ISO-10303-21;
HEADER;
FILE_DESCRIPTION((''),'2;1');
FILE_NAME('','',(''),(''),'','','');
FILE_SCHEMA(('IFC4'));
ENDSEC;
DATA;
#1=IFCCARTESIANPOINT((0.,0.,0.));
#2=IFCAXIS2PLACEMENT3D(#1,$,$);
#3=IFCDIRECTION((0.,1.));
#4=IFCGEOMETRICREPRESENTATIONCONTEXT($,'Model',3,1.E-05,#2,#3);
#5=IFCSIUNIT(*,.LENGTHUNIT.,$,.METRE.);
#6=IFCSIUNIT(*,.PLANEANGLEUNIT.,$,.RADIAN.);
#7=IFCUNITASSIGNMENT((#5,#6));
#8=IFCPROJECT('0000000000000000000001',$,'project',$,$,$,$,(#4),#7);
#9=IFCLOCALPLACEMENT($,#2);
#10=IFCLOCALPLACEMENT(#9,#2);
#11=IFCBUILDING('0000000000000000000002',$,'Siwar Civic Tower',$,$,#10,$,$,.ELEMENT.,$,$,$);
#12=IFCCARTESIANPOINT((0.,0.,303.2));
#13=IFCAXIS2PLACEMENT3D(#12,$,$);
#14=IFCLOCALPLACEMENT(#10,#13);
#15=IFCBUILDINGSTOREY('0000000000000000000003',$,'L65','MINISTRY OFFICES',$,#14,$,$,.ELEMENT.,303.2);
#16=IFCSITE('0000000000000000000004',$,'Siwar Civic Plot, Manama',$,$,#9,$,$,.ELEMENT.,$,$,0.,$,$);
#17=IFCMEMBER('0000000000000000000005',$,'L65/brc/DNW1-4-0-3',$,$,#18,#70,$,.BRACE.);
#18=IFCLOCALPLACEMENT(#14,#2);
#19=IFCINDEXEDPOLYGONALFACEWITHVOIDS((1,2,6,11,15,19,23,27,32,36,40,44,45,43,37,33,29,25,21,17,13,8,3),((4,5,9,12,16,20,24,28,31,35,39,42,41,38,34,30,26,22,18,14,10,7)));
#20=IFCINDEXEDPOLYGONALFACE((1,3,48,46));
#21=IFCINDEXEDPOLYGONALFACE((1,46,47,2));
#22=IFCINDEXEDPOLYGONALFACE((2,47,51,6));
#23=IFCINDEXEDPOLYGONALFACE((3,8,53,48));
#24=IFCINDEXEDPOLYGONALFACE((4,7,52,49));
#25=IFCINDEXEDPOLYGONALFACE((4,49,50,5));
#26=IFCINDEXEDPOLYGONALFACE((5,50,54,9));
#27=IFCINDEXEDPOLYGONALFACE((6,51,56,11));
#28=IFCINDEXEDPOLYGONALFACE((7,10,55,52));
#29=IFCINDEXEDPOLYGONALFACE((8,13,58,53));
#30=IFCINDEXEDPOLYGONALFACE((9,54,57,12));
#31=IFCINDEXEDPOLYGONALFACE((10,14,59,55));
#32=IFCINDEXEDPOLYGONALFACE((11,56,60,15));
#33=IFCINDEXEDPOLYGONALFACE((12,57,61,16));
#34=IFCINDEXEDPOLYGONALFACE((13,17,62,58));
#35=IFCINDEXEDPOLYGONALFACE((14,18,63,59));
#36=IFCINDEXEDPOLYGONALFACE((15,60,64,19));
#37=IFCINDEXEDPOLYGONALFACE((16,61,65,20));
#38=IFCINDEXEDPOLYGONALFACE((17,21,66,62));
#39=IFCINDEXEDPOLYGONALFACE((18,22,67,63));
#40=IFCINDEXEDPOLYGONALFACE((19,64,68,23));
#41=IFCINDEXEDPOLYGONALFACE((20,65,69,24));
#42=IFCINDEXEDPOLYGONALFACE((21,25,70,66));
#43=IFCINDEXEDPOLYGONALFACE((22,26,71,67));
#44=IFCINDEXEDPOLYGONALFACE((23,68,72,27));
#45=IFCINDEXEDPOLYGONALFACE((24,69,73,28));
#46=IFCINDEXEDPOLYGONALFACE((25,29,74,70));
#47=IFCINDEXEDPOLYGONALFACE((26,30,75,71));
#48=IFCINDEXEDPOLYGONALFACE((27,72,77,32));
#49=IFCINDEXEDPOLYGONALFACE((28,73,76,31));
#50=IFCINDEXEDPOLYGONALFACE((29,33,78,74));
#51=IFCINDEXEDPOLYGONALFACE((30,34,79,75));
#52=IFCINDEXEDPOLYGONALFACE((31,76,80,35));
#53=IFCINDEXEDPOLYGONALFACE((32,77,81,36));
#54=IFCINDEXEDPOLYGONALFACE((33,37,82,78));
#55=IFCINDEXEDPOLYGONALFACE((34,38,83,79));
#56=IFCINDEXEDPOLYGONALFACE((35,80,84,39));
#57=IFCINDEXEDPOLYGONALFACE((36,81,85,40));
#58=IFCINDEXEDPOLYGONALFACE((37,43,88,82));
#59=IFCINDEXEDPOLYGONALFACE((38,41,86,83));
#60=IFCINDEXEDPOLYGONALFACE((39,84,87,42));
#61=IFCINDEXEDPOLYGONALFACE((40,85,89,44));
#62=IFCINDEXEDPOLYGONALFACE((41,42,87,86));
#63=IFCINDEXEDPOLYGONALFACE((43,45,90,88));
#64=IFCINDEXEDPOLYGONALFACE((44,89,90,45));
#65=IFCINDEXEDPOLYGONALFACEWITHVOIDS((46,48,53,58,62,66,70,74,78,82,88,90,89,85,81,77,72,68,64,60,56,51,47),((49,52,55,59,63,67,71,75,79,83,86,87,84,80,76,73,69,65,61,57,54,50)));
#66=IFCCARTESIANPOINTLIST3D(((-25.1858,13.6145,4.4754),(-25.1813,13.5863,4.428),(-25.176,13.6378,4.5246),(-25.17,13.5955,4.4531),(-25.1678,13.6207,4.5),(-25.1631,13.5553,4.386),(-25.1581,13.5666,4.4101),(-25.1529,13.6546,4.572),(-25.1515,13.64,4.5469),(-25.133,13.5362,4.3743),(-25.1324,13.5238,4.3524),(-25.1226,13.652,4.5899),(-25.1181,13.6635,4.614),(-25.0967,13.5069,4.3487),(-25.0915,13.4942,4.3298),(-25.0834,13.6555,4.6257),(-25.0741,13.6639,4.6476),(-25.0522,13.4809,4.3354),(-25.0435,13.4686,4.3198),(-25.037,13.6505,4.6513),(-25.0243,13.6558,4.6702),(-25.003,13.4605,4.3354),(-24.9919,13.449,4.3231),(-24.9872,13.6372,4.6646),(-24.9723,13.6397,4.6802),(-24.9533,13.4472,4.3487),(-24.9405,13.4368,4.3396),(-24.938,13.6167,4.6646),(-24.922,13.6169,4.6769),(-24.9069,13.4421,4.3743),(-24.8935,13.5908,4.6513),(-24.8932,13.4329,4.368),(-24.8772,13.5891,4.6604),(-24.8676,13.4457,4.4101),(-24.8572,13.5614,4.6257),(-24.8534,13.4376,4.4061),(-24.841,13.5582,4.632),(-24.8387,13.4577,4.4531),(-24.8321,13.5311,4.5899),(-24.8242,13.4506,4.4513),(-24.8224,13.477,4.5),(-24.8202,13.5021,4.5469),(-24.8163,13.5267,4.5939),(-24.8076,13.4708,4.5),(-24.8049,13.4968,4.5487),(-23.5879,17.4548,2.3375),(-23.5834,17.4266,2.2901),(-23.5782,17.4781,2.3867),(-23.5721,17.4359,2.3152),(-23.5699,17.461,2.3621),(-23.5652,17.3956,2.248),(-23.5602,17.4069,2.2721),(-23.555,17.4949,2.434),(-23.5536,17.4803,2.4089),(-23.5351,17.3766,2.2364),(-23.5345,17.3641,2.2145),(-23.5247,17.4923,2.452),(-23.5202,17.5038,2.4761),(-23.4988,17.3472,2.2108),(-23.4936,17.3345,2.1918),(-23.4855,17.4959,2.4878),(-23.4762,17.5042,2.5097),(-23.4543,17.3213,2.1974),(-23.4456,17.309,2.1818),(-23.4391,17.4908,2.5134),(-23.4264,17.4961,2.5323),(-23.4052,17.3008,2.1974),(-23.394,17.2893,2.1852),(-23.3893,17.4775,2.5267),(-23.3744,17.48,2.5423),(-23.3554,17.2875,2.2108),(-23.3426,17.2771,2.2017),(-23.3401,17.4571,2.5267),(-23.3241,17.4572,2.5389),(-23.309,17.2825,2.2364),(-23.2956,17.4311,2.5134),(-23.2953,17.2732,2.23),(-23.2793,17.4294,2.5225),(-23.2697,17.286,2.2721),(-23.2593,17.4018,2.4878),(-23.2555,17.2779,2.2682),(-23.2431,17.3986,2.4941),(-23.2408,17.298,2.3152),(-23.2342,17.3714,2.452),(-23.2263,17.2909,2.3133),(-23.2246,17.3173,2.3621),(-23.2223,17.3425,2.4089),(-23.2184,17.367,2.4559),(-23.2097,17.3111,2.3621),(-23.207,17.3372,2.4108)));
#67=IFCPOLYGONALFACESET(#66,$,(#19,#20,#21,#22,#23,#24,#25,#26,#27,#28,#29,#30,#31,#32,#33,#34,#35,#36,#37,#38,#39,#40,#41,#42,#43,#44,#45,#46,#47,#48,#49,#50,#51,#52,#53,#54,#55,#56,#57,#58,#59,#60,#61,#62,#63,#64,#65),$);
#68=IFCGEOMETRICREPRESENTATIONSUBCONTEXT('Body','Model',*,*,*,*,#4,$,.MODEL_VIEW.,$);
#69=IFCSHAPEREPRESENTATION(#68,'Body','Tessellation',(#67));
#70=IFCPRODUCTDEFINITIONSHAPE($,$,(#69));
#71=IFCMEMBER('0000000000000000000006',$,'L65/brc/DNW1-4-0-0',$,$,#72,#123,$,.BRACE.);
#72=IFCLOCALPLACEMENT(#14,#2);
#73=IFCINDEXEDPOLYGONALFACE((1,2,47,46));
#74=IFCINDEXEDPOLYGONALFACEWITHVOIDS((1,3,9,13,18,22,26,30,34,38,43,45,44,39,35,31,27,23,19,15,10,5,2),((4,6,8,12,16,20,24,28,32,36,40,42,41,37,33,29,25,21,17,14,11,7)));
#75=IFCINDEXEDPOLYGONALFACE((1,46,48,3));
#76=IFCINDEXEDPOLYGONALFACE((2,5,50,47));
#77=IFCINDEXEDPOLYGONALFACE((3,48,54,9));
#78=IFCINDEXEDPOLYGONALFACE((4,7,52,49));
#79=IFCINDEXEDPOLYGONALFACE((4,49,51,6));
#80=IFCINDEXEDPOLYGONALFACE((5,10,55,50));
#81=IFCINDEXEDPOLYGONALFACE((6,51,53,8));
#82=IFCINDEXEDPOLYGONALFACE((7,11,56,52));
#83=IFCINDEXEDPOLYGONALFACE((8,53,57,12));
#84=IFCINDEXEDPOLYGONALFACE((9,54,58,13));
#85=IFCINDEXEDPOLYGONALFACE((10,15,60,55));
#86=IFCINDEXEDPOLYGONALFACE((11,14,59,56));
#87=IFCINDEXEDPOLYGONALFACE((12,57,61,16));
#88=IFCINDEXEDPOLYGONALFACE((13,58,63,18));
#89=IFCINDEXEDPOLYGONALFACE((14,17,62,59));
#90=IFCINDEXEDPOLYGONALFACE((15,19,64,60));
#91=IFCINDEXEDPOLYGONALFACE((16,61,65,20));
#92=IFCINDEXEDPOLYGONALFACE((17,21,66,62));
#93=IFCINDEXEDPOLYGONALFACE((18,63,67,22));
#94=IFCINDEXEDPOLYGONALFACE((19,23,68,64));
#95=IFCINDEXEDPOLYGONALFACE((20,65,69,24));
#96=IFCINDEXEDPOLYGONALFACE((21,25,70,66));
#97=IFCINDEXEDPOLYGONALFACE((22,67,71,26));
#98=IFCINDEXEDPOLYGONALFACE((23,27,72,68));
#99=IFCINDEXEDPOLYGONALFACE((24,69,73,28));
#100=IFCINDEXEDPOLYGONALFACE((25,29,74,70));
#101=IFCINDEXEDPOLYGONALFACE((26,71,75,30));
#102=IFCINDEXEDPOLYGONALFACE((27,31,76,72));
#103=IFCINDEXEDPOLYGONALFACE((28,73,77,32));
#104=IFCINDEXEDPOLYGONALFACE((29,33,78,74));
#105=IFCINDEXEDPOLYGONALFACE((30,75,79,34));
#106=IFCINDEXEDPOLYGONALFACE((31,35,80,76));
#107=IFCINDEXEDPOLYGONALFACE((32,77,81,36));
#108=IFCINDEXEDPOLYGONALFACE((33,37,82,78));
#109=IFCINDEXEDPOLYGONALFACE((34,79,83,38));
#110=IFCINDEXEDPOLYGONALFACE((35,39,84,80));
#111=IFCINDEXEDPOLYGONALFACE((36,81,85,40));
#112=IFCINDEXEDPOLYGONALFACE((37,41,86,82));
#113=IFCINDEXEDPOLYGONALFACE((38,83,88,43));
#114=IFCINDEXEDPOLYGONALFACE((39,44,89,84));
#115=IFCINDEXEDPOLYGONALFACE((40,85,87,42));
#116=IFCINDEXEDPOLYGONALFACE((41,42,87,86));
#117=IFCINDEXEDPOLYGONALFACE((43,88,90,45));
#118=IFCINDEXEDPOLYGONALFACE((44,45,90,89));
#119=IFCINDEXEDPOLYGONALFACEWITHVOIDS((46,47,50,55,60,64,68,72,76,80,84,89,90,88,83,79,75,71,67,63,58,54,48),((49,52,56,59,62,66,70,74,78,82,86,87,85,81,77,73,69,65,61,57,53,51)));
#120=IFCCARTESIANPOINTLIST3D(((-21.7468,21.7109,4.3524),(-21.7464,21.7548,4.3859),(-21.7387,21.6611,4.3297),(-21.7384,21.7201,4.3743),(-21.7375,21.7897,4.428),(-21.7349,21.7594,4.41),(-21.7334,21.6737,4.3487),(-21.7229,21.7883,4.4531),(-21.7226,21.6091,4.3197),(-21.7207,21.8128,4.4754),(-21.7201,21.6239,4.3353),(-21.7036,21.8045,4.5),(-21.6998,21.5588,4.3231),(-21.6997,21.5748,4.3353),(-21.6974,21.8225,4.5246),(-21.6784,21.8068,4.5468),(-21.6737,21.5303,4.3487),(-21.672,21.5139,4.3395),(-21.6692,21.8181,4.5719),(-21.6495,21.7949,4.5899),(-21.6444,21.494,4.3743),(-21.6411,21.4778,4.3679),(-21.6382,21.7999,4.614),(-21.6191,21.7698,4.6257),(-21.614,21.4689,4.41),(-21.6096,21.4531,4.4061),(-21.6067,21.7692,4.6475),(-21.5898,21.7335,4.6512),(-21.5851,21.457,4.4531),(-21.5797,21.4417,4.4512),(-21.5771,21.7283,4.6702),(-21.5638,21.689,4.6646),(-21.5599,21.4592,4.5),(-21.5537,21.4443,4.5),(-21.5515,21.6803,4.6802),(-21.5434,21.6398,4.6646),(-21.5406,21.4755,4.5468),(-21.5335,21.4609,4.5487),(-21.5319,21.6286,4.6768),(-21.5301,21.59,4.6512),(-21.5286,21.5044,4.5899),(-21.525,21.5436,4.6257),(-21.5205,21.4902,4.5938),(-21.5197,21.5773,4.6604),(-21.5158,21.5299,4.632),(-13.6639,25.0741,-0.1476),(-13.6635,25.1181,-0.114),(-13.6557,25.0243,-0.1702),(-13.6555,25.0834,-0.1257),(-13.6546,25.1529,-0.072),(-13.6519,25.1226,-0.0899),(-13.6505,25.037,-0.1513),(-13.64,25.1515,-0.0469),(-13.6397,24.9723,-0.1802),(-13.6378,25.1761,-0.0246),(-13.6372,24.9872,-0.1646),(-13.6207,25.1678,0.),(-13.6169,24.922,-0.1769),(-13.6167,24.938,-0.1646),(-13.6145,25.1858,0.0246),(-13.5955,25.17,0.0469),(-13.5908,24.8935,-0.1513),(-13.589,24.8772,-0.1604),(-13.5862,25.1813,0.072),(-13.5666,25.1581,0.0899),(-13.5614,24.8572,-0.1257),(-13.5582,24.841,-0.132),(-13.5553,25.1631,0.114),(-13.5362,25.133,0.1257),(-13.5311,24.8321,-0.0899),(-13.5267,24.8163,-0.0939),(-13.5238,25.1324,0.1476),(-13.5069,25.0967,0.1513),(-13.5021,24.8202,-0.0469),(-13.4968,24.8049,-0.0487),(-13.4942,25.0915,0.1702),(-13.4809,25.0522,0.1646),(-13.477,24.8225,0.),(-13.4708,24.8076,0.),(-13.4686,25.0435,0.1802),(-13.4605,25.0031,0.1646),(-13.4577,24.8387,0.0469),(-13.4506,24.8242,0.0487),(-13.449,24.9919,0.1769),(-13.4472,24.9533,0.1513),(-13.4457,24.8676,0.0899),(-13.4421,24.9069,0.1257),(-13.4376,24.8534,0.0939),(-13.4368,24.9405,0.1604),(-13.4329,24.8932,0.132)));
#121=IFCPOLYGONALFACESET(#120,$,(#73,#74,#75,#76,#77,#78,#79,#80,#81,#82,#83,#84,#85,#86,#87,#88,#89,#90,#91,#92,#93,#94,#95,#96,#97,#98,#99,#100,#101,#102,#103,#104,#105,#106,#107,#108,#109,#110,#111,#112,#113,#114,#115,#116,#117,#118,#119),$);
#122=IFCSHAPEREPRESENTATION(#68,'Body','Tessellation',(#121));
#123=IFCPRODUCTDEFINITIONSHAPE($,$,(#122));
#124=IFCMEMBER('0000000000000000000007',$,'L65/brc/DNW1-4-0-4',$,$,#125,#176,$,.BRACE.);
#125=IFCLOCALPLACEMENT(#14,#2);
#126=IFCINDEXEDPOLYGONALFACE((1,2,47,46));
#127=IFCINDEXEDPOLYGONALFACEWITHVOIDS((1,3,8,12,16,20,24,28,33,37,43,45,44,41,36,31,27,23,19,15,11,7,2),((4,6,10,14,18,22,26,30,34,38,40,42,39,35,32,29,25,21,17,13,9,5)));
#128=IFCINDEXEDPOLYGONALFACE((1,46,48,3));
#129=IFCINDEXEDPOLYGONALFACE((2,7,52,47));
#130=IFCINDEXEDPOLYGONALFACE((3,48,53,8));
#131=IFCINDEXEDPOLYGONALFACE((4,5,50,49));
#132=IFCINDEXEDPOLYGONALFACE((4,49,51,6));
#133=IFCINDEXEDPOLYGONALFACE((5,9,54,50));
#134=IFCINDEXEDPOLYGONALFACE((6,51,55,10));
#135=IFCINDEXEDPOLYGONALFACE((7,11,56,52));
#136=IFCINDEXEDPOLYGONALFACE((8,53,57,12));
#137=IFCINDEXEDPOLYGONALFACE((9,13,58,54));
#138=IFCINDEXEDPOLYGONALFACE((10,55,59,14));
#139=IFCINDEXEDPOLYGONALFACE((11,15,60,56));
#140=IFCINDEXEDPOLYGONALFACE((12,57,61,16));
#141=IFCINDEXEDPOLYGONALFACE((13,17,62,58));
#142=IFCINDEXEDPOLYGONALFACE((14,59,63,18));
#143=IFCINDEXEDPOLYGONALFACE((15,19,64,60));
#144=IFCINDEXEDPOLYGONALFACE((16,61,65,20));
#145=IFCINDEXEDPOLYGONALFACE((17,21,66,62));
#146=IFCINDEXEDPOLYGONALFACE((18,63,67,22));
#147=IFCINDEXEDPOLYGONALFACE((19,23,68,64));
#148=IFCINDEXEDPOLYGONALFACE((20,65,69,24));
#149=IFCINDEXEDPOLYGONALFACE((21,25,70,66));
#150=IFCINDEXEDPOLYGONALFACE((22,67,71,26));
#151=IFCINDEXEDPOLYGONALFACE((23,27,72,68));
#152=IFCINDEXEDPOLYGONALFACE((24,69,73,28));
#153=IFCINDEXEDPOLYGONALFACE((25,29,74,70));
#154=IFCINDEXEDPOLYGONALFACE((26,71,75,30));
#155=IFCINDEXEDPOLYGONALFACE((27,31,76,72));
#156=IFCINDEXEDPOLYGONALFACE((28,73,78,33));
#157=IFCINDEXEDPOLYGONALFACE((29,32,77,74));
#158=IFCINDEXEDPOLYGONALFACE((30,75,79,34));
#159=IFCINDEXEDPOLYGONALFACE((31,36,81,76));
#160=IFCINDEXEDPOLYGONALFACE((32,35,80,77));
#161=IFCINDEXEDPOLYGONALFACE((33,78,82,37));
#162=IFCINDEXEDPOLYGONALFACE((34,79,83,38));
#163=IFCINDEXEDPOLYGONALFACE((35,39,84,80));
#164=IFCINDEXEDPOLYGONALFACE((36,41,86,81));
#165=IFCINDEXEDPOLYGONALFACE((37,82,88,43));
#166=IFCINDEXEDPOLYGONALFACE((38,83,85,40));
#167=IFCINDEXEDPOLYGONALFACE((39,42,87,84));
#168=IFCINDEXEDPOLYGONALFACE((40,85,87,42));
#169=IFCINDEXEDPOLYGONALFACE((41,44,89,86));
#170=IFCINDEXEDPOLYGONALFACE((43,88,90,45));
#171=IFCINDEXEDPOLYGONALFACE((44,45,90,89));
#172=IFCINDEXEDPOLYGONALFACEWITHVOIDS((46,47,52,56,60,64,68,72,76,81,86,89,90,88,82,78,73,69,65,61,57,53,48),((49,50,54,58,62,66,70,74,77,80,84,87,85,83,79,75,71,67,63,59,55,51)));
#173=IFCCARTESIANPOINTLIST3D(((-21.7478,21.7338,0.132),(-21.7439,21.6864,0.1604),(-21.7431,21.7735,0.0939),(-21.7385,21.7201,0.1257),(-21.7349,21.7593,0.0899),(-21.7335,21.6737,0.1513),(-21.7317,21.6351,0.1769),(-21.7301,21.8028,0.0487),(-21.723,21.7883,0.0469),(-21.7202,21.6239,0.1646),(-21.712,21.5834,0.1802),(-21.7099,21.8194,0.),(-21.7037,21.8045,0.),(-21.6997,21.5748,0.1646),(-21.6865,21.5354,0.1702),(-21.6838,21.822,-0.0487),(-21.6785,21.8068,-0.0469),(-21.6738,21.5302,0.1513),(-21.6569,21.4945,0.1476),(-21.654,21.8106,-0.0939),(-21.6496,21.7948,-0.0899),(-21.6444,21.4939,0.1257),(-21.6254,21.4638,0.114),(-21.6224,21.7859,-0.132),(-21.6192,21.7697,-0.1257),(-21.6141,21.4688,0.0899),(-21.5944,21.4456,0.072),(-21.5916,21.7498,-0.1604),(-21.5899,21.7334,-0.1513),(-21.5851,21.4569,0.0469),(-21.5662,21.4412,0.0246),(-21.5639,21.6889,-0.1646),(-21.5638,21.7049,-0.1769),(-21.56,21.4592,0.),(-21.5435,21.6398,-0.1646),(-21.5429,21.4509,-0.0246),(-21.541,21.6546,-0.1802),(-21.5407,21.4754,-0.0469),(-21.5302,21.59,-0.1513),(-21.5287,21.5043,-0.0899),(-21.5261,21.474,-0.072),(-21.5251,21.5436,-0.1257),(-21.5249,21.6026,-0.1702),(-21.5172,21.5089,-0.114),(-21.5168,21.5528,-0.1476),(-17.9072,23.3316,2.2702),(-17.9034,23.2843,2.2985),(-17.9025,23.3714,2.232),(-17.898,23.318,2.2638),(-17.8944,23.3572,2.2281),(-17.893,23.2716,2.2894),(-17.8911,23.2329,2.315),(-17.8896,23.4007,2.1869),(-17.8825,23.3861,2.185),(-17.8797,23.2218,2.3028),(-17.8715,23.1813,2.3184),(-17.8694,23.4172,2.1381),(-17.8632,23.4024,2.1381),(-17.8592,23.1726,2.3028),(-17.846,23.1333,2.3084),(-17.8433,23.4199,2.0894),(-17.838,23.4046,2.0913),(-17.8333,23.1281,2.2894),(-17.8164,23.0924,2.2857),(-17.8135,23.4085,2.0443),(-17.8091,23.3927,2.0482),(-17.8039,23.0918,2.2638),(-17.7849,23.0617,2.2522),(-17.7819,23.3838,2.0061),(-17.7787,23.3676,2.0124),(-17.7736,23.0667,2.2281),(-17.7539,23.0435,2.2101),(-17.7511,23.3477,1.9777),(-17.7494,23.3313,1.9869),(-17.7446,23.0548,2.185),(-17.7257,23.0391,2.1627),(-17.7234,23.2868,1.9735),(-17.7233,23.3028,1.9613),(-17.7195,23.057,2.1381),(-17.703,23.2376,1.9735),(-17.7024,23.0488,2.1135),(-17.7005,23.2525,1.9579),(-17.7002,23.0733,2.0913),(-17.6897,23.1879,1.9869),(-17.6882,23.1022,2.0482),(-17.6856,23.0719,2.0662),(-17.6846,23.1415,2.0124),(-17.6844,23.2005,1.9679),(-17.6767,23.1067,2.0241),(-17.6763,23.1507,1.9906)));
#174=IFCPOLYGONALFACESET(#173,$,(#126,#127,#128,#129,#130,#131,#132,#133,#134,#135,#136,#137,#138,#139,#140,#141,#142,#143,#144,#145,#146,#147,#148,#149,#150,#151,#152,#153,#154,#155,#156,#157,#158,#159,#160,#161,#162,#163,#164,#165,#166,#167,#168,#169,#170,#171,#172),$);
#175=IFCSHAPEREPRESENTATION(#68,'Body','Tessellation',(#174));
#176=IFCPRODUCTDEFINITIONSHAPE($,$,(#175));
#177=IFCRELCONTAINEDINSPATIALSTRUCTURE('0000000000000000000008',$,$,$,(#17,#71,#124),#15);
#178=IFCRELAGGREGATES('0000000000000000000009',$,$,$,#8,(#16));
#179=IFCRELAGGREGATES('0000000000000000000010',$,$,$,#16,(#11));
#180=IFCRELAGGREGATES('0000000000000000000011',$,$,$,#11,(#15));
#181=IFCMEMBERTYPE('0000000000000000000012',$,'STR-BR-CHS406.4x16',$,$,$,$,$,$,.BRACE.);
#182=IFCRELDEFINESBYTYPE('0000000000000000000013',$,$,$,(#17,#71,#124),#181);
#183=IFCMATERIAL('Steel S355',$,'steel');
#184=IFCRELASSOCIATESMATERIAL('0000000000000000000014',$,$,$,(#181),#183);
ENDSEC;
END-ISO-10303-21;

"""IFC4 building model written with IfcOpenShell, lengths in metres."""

from ifc_helpers import new_model, si_unit, direction, frame, origin, origin_2d, place, context, subcontext, project, spatial, hollow_circle, extrude, material, material_profile, profile_set, type_object, element, save


model = new_model("IFC4")

# Units and contexts
model_context = context("Model", 3, precision=1e-05, world=origin(), true_north=direction((0.0, 1.0)))
body_context = subcontext(model_context, "Body", "Model", "MODEL_VIEW")
ifc_project = project(units=[si_unit("LENGTHUNIT", "METRE"), si_unit("PLANEANGLEUNIT", "RADIAN")], contexts=[model_context])

# Site, building, storey
site_placement = place(None, origin())
site = spatial("IfcSite", under=ifc_project, at=site_placement, Name="Siwar Civic Plot, Manama", CompositionType="ELEMENT", RefElevation=0.0)
building_placement = place(site_placement, origin())
building = spatial("IfcBuilding", under=site, at=building_placement, Name="Siwar Civic Tower", CompositionType="ELEMENT")
storey_placement = place(building_placement, frame((0.0, 0.0, 303.2)))
storey = spatial("IfcBuildingStorey", under=building, at=storey_placement, Name="L65", Description="MINISTRY OFFICES", CompositionType="ELEMENT", Elevation=303.2)

# Members
ifc_material_1 = material(Name="Steel S355", Category="steel")
ifc_material_profile_1 = material_profile(ifc_material_1, hollow_circle(Radius=0.2031, WallThickness=0.0161, at=origin_2d()), Name="CHS406.4x16")
ifc_profile_set_1 = profile_set([ifc_material_profile_1], Name="Steel S355")
member_type_1 = type_object("IfcMemberType", Name="STR-BR-CHS406.4x16", PredefinedType="BRACE", material=ifc_profile_set_1)
member_1_placement = place(storey_placement, frame((-23.3972, 17.3892, 2.3621), z_axis=(-0.341667, -0.82115, 0.45714), x_axis=(0.923268, -0.384157, 0.0)))
element("IfcMember", 1, at=member_1_placement, inside=storey, type_object=member_type_1, Name="L65/brc/DNW1-4-0-3", PredefinedType="BRACE", context=body_context, shape_type="SweptSolid", body=[
    extrude(hollow_circle(Radius=0.2031, WallThickness=0.0161, at=origin_2d()), origin(), (0.0, 0.0, 1.0), 4.6768),
])
member_2_placement = place(storey_placement, frame((-13.5488, 24.9951, 0.0), z_axis=(-0.821143, -0.341671, 0.457149), x_axis=(0.384164, -0.923265, 0.0)))
element("IfcMember", 2, at=member_2_placement, inside=storey, type_object=member_type_1, Name="L65/brc/DNW1-4-0-0", PredefinedType="BRACE", context=body_context, shape_type="SweptSolid", body=[
    extrude(hollow_circle(Radius=0.2031, WallThickness=0.0161, at=origin_2d()), origin(), (0.0, 0.0, 1.0), 9.8435),
])
member_3_placement = place(storey_placement, frame((-21.6318, 21.6318, 0.0), z_axis=(0.821147, 0.341644, 0.457161), x_axis=(-0.384136, 0.923276, 0.0)))
element("IfcMember", 3, at=member_3_placement, inside=storey, type_object=member_type_1, Name="L65/brc/DNW1-4-0-4", PredefinedType="BRACE", context=body_context, shape_type="SweptSolid", body=[
    extrude(hollow_circle(Radius=0.2031, WallThickness=0.0161, at=origin_2d()), origin(), (0.0, 0.0, 1.0), 4.677),
])

save(model, "model.ifc")
